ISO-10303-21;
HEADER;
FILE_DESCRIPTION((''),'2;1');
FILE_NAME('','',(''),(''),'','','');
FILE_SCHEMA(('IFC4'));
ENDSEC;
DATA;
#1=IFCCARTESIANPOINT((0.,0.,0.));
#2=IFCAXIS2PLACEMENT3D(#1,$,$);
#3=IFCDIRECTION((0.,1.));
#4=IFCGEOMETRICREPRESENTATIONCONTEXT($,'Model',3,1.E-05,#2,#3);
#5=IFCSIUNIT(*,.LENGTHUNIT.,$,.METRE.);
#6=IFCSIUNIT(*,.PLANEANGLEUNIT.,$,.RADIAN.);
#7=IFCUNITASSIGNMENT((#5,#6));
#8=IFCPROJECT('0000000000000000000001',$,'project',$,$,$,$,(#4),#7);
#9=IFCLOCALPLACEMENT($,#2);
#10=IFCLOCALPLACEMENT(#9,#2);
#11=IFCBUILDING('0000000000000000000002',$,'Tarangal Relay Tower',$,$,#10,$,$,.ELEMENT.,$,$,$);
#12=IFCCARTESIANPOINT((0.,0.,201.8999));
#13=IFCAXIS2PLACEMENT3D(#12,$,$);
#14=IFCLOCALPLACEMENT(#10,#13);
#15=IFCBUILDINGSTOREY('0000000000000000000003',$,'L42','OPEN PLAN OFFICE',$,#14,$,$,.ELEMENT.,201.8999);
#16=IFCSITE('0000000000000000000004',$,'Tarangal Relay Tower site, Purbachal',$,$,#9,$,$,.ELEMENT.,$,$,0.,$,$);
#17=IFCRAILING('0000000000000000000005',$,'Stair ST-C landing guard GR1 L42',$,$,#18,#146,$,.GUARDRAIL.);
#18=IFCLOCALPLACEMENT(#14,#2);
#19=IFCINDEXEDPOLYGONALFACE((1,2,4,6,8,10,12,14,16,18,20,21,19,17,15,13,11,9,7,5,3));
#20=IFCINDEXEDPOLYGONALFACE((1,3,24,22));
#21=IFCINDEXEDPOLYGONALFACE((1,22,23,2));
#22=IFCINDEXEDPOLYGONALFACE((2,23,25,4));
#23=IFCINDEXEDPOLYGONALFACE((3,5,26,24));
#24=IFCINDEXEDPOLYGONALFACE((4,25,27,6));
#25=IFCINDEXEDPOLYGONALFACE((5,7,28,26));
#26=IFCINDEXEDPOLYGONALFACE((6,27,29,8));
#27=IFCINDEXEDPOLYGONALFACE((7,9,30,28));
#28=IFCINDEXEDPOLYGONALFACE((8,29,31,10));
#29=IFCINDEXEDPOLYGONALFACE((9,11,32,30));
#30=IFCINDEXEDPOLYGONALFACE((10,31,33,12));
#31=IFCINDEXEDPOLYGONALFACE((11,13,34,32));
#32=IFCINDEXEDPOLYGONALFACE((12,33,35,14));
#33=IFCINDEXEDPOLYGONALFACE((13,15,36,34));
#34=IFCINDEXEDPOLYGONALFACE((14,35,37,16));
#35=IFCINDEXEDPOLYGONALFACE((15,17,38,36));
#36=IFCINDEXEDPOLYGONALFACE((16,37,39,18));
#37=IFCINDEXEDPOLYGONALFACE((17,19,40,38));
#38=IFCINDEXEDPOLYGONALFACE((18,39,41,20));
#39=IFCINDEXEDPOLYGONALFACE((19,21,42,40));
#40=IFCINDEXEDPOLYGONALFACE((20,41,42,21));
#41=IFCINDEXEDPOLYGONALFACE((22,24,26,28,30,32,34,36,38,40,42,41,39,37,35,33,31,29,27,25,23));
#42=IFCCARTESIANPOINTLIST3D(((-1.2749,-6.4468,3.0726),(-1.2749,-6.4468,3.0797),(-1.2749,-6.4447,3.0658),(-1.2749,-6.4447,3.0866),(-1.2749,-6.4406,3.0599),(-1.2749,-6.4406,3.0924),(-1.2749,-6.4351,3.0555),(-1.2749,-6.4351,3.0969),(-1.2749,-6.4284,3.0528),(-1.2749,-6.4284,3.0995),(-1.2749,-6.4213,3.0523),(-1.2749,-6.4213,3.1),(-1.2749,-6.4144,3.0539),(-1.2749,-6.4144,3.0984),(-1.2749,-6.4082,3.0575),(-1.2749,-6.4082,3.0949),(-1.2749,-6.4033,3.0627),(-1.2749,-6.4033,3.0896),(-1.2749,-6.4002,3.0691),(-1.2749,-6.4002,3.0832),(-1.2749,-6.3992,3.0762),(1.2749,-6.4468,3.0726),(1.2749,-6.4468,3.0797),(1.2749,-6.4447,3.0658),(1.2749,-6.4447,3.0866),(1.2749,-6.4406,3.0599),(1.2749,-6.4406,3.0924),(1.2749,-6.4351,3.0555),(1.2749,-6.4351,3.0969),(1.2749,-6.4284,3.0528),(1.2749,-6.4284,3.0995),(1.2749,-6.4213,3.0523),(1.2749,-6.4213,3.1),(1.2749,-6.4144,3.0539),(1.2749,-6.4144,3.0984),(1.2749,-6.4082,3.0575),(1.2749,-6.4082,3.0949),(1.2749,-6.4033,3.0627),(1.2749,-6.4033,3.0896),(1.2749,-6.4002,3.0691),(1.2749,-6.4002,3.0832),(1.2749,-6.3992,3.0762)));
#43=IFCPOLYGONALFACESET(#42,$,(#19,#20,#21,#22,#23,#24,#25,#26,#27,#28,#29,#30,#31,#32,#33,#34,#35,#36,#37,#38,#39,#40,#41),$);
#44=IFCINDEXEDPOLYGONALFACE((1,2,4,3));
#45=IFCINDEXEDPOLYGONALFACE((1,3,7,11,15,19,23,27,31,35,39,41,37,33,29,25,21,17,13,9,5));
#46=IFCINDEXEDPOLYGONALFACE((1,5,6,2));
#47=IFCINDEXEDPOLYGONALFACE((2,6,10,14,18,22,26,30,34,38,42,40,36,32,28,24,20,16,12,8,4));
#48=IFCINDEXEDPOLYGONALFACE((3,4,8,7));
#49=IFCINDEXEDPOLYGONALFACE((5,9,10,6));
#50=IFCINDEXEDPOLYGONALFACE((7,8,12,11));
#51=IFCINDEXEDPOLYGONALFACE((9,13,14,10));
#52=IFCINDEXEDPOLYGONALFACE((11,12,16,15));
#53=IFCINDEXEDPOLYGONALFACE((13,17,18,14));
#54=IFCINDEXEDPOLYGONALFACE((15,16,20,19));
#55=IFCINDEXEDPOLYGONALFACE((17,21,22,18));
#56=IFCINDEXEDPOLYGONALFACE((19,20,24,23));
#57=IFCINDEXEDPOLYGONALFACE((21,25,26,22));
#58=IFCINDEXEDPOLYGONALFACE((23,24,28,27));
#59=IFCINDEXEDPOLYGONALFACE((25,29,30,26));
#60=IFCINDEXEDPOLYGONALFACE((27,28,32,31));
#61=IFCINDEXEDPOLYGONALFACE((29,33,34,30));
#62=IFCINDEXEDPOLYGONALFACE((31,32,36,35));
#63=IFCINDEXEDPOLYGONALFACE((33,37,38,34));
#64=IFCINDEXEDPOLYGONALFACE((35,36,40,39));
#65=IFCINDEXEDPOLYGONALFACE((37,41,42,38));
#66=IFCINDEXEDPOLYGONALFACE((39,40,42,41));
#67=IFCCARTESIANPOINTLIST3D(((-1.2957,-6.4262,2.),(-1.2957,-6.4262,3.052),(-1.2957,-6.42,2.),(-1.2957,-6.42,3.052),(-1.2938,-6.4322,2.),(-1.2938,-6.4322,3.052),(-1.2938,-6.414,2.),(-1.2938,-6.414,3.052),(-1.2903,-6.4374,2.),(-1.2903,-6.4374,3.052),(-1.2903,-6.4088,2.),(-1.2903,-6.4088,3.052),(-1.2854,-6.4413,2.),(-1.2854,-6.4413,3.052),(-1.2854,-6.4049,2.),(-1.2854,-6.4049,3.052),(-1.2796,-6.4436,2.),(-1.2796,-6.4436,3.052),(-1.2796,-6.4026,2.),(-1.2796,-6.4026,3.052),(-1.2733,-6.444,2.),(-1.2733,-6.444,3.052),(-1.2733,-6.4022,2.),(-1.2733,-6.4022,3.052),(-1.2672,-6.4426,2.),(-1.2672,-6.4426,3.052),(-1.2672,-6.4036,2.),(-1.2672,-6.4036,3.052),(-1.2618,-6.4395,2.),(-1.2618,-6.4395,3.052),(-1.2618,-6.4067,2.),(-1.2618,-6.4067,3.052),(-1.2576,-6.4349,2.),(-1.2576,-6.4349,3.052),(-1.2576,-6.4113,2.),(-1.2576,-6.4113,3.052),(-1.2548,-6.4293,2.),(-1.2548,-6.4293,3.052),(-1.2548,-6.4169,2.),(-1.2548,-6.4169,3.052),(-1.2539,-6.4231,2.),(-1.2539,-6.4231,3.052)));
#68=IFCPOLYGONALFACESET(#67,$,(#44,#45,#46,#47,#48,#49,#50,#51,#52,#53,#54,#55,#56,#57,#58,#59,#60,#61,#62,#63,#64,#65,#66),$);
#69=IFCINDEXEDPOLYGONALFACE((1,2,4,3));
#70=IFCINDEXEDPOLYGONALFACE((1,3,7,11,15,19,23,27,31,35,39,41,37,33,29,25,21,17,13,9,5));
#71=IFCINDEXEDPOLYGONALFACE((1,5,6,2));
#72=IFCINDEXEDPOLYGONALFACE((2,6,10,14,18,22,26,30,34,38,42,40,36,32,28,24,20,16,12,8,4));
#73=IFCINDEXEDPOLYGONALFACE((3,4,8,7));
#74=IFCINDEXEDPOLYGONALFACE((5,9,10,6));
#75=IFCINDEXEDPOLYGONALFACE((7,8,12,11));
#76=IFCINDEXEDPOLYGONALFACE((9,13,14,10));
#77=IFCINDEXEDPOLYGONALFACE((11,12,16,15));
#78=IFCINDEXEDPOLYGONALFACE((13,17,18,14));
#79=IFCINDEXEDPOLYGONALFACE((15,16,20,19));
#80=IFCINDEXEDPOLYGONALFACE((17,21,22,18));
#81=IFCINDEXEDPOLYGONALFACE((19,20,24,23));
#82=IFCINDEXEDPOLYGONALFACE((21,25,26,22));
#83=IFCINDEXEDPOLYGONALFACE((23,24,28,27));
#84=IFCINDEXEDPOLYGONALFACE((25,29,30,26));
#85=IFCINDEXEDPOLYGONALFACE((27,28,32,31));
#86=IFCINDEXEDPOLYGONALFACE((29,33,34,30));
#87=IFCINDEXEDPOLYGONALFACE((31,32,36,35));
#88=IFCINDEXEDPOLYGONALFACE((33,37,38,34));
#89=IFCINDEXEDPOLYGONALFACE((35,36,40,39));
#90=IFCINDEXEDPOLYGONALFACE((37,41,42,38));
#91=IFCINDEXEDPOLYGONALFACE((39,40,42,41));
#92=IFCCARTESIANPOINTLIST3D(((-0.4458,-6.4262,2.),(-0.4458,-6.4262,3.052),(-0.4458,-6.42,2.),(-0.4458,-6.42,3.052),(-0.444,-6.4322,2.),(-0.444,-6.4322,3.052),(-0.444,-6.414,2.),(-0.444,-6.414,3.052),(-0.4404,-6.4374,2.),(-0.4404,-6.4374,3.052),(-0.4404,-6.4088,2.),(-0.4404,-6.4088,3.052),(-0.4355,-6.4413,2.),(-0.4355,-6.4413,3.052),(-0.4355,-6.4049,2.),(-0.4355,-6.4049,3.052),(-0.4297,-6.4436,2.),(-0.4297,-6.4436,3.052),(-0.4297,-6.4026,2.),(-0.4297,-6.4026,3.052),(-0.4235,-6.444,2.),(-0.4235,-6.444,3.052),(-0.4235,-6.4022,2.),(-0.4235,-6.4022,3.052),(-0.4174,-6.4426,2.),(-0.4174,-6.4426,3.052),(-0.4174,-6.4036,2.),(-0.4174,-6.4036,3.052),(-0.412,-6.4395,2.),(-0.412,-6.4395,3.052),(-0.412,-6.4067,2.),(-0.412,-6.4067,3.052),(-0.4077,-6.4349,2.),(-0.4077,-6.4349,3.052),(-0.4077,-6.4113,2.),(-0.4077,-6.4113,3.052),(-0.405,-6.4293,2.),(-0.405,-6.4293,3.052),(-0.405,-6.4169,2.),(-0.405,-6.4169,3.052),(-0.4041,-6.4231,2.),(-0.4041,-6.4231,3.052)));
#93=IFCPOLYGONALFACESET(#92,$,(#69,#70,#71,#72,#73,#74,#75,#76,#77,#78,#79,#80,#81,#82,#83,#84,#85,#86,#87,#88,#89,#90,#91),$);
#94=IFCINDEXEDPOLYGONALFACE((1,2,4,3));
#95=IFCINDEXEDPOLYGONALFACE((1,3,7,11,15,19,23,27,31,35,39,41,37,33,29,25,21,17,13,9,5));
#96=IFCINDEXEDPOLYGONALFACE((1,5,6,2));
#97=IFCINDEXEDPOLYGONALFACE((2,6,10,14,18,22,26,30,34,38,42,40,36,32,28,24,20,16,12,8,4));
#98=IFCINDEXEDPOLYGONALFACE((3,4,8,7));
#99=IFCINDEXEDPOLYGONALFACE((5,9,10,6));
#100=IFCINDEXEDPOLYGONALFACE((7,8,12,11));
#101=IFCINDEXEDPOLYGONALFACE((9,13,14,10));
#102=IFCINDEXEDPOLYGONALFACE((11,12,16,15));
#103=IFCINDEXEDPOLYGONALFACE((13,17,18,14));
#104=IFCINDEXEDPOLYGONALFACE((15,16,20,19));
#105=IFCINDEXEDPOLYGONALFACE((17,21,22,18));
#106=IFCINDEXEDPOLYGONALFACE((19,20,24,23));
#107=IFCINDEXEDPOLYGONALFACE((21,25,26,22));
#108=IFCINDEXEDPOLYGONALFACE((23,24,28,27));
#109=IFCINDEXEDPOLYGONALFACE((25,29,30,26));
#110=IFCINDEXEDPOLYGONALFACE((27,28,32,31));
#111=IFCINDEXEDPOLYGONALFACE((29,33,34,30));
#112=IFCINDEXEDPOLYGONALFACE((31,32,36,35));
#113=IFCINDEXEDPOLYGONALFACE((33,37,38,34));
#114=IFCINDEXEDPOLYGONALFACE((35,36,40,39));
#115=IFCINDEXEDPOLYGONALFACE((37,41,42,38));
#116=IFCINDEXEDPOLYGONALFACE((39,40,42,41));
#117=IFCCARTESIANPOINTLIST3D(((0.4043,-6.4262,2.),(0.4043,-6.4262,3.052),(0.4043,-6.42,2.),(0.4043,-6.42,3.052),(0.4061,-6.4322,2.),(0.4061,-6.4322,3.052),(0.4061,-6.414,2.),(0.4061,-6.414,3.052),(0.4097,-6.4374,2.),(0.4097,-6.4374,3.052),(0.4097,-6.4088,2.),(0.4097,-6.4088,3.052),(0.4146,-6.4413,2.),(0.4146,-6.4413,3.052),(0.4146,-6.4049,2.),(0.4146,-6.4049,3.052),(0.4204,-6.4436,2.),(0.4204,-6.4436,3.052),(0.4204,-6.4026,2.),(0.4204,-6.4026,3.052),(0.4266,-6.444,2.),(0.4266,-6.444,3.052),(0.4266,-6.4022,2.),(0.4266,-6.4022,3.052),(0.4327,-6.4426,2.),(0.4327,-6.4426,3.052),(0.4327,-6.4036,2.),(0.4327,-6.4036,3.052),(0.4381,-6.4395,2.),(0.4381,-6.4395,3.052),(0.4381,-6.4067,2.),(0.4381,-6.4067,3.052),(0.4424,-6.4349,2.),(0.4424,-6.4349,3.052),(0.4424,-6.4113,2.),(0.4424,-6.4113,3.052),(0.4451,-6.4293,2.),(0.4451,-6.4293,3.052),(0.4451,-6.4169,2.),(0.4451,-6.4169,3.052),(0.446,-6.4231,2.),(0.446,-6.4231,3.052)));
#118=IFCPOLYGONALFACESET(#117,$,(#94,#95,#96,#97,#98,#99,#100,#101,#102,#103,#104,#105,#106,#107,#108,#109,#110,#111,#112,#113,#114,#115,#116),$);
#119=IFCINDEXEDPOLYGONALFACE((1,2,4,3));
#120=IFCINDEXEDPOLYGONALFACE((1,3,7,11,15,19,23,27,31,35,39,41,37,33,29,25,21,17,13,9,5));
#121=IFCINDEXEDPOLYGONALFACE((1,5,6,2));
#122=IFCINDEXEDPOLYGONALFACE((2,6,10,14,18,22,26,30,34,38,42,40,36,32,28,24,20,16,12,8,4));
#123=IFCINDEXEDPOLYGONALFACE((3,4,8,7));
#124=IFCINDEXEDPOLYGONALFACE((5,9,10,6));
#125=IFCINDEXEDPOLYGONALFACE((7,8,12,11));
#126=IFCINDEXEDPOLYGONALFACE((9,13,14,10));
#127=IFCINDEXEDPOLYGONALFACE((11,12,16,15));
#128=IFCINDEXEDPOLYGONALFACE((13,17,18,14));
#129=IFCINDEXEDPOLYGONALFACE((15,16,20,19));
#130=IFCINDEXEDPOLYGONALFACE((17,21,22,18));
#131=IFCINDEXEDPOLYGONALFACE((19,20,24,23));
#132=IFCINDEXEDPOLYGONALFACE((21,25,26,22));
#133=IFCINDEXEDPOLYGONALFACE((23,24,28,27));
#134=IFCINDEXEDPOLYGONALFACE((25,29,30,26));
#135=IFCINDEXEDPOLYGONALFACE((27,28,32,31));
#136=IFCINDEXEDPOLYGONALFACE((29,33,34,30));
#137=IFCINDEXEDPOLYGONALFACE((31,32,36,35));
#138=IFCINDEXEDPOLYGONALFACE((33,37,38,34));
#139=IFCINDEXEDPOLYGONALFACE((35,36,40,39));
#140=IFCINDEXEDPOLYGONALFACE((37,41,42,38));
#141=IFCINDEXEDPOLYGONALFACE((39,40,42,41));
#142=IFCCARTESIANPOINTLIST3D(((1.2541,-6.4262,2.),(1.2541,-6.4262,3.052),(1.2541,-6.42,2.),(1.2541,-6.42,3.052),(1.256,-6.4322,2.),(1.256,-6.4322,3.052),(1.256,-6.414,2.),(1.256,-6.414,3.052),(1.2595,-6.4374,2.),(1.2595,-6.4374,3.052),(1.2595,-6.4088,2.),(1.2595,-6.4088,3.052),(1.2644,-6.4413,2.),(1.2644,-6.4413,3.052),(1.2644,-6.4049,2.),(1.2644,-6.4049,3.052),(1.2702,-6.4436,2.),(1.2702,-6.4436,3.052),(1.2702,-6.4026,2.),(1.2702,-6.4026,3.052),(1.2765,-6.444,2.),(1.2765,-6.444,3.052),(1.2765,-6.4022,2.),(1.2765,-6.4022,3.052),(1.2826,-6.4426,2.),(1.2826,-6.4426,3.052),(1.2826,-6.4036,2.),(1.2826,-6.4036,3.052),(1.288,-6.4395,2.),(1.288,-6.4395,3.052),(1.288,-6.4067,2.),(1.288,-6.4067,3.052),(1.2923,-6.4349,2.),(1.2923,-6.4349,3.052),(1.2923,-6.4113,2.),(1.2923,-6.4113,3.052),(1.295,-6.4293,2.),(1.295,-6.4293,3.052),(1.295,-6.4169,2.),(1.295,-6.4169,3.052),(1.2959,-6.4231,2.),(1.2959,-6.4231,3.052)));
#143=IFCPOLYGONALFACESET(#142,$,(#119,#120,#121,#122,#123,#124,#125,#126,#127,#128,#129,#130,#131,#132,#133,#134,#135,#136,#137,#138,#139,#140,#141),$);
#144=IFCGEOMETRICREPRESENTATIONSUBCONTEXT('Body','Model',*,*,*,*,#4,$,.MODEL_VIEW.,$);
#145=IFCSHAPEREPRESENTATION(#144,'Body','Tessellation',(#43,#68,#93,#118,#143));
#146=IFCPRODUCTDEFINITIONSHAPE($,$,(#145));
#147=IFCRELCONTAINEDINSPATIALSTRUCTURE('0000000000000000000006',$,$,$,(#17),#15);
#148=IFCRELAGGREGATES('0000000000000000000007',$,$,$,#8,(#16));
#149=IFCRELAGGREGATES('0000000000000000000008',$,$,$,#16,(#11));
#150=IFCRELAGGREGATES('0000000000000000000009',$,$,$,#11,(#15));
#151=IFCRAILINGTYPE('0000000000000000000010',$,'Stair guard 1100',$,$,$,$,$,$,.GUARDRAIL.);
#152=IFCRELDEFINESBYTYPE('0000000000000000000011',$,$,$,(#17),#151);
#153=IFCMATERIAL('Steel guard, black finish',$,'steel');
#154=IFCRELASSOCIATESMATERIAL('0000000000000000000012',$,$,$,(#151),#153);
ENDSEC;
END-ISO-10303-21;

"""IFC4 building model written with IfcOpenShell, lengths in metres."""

from ifc_helpers import new_model, si_unit, direction, frame, origin, origin_2d, place, context, subcontext, project, spatial, circle, extrude, material, type_object, element, save


model = new_model("IFC4")

# Units and contexts
model_context = context("Model", 3, precision=1e-05, world=origin(), true_north=direction((0.0, 1.0)))
body_context = subcontext(model_context, "Body", "Model", "MODEL_VIEW")
ifc_project = project(units=[si_unit("LENGTHUNIT", "METRE"), si_unit("PLANEANGLEUNIT", "RADIAN")], contexts=[model_context])

# Site, building, storey
site_placement = place(None, origin())
site = spatial("IfcSite", under=ifc_project, at=site_placement, Name="Tarangal Relay Tower site, Purbachal", CompositionType="ELEMENT", RefElevation=0.0)
building_placement = place(site_placement, origin())
building = spatial("IfcBuilding", under=site, at=building_placement, Name="Tarangal Relay Tower", CompositionType="ELEMENT")
storey_placement = place(building_placement, frame((0.0, 0.0, 201.8999)))
storey = spatial("IfcBuildingStorey", under=building, at=storey_placement, Name="L42", Description="OPEN PLAN OFFICE", CompositionType="ELEMENT", Elevation=201.8999)

# Railing
ifc_material_1 = material(Name="Steel guard, black finish", Category="steel")
railing_type_1 = type_object("IfcRailingType", Name="Stair guard 1100", PredefinedType="GUARDRAIL", material=ifc_material_1)
for number, where, name in (
    (1, (-1.2749, -6.4231, 2.0), "Stair ST-C landing guard GR1 L42"),
):
    element("IfcRailing", number, at=place(storey_placement, frame(where)), inside=storey, type_object=railing_type_1, Name=name, PredefinedType="GUARDRAIL", context=body_context, shape_type="SweptSolid", body=[
        extrude(circle(Radius=0.0239, at=origin_2d()), frame((0.0, 0.0, 1.0762), z_axis=(1.0, 0.0, 0.0), x_axis=(0.0, 1.0, 0.0)), (0.0, 0.0, 1.0), 2.5498),
        extrude(circle(Radius=0.021, at=origin_2d()), origin(), (0.0, 0.0, 1.0), 1.052),
        extrude(circle(Radius=0.021, at=origin_2d()), frame((0.8499, 0.0, 0.0)), (0.0, 0.0, 1.0), 1.052),
        extrude(circle(Radius=0.021, at=origin_2d()), frame((1.7, 0.0, 0.0)), (0.0, 0.0, 1.0), 1.052),
        extrude(circle(Radius=0.021, at=origin_2d()), frame((2.5498, 0.0, 0.0)), (0.0, 0.0, 1.0), 1.052),
    ])

save(model, "model.ifc")
